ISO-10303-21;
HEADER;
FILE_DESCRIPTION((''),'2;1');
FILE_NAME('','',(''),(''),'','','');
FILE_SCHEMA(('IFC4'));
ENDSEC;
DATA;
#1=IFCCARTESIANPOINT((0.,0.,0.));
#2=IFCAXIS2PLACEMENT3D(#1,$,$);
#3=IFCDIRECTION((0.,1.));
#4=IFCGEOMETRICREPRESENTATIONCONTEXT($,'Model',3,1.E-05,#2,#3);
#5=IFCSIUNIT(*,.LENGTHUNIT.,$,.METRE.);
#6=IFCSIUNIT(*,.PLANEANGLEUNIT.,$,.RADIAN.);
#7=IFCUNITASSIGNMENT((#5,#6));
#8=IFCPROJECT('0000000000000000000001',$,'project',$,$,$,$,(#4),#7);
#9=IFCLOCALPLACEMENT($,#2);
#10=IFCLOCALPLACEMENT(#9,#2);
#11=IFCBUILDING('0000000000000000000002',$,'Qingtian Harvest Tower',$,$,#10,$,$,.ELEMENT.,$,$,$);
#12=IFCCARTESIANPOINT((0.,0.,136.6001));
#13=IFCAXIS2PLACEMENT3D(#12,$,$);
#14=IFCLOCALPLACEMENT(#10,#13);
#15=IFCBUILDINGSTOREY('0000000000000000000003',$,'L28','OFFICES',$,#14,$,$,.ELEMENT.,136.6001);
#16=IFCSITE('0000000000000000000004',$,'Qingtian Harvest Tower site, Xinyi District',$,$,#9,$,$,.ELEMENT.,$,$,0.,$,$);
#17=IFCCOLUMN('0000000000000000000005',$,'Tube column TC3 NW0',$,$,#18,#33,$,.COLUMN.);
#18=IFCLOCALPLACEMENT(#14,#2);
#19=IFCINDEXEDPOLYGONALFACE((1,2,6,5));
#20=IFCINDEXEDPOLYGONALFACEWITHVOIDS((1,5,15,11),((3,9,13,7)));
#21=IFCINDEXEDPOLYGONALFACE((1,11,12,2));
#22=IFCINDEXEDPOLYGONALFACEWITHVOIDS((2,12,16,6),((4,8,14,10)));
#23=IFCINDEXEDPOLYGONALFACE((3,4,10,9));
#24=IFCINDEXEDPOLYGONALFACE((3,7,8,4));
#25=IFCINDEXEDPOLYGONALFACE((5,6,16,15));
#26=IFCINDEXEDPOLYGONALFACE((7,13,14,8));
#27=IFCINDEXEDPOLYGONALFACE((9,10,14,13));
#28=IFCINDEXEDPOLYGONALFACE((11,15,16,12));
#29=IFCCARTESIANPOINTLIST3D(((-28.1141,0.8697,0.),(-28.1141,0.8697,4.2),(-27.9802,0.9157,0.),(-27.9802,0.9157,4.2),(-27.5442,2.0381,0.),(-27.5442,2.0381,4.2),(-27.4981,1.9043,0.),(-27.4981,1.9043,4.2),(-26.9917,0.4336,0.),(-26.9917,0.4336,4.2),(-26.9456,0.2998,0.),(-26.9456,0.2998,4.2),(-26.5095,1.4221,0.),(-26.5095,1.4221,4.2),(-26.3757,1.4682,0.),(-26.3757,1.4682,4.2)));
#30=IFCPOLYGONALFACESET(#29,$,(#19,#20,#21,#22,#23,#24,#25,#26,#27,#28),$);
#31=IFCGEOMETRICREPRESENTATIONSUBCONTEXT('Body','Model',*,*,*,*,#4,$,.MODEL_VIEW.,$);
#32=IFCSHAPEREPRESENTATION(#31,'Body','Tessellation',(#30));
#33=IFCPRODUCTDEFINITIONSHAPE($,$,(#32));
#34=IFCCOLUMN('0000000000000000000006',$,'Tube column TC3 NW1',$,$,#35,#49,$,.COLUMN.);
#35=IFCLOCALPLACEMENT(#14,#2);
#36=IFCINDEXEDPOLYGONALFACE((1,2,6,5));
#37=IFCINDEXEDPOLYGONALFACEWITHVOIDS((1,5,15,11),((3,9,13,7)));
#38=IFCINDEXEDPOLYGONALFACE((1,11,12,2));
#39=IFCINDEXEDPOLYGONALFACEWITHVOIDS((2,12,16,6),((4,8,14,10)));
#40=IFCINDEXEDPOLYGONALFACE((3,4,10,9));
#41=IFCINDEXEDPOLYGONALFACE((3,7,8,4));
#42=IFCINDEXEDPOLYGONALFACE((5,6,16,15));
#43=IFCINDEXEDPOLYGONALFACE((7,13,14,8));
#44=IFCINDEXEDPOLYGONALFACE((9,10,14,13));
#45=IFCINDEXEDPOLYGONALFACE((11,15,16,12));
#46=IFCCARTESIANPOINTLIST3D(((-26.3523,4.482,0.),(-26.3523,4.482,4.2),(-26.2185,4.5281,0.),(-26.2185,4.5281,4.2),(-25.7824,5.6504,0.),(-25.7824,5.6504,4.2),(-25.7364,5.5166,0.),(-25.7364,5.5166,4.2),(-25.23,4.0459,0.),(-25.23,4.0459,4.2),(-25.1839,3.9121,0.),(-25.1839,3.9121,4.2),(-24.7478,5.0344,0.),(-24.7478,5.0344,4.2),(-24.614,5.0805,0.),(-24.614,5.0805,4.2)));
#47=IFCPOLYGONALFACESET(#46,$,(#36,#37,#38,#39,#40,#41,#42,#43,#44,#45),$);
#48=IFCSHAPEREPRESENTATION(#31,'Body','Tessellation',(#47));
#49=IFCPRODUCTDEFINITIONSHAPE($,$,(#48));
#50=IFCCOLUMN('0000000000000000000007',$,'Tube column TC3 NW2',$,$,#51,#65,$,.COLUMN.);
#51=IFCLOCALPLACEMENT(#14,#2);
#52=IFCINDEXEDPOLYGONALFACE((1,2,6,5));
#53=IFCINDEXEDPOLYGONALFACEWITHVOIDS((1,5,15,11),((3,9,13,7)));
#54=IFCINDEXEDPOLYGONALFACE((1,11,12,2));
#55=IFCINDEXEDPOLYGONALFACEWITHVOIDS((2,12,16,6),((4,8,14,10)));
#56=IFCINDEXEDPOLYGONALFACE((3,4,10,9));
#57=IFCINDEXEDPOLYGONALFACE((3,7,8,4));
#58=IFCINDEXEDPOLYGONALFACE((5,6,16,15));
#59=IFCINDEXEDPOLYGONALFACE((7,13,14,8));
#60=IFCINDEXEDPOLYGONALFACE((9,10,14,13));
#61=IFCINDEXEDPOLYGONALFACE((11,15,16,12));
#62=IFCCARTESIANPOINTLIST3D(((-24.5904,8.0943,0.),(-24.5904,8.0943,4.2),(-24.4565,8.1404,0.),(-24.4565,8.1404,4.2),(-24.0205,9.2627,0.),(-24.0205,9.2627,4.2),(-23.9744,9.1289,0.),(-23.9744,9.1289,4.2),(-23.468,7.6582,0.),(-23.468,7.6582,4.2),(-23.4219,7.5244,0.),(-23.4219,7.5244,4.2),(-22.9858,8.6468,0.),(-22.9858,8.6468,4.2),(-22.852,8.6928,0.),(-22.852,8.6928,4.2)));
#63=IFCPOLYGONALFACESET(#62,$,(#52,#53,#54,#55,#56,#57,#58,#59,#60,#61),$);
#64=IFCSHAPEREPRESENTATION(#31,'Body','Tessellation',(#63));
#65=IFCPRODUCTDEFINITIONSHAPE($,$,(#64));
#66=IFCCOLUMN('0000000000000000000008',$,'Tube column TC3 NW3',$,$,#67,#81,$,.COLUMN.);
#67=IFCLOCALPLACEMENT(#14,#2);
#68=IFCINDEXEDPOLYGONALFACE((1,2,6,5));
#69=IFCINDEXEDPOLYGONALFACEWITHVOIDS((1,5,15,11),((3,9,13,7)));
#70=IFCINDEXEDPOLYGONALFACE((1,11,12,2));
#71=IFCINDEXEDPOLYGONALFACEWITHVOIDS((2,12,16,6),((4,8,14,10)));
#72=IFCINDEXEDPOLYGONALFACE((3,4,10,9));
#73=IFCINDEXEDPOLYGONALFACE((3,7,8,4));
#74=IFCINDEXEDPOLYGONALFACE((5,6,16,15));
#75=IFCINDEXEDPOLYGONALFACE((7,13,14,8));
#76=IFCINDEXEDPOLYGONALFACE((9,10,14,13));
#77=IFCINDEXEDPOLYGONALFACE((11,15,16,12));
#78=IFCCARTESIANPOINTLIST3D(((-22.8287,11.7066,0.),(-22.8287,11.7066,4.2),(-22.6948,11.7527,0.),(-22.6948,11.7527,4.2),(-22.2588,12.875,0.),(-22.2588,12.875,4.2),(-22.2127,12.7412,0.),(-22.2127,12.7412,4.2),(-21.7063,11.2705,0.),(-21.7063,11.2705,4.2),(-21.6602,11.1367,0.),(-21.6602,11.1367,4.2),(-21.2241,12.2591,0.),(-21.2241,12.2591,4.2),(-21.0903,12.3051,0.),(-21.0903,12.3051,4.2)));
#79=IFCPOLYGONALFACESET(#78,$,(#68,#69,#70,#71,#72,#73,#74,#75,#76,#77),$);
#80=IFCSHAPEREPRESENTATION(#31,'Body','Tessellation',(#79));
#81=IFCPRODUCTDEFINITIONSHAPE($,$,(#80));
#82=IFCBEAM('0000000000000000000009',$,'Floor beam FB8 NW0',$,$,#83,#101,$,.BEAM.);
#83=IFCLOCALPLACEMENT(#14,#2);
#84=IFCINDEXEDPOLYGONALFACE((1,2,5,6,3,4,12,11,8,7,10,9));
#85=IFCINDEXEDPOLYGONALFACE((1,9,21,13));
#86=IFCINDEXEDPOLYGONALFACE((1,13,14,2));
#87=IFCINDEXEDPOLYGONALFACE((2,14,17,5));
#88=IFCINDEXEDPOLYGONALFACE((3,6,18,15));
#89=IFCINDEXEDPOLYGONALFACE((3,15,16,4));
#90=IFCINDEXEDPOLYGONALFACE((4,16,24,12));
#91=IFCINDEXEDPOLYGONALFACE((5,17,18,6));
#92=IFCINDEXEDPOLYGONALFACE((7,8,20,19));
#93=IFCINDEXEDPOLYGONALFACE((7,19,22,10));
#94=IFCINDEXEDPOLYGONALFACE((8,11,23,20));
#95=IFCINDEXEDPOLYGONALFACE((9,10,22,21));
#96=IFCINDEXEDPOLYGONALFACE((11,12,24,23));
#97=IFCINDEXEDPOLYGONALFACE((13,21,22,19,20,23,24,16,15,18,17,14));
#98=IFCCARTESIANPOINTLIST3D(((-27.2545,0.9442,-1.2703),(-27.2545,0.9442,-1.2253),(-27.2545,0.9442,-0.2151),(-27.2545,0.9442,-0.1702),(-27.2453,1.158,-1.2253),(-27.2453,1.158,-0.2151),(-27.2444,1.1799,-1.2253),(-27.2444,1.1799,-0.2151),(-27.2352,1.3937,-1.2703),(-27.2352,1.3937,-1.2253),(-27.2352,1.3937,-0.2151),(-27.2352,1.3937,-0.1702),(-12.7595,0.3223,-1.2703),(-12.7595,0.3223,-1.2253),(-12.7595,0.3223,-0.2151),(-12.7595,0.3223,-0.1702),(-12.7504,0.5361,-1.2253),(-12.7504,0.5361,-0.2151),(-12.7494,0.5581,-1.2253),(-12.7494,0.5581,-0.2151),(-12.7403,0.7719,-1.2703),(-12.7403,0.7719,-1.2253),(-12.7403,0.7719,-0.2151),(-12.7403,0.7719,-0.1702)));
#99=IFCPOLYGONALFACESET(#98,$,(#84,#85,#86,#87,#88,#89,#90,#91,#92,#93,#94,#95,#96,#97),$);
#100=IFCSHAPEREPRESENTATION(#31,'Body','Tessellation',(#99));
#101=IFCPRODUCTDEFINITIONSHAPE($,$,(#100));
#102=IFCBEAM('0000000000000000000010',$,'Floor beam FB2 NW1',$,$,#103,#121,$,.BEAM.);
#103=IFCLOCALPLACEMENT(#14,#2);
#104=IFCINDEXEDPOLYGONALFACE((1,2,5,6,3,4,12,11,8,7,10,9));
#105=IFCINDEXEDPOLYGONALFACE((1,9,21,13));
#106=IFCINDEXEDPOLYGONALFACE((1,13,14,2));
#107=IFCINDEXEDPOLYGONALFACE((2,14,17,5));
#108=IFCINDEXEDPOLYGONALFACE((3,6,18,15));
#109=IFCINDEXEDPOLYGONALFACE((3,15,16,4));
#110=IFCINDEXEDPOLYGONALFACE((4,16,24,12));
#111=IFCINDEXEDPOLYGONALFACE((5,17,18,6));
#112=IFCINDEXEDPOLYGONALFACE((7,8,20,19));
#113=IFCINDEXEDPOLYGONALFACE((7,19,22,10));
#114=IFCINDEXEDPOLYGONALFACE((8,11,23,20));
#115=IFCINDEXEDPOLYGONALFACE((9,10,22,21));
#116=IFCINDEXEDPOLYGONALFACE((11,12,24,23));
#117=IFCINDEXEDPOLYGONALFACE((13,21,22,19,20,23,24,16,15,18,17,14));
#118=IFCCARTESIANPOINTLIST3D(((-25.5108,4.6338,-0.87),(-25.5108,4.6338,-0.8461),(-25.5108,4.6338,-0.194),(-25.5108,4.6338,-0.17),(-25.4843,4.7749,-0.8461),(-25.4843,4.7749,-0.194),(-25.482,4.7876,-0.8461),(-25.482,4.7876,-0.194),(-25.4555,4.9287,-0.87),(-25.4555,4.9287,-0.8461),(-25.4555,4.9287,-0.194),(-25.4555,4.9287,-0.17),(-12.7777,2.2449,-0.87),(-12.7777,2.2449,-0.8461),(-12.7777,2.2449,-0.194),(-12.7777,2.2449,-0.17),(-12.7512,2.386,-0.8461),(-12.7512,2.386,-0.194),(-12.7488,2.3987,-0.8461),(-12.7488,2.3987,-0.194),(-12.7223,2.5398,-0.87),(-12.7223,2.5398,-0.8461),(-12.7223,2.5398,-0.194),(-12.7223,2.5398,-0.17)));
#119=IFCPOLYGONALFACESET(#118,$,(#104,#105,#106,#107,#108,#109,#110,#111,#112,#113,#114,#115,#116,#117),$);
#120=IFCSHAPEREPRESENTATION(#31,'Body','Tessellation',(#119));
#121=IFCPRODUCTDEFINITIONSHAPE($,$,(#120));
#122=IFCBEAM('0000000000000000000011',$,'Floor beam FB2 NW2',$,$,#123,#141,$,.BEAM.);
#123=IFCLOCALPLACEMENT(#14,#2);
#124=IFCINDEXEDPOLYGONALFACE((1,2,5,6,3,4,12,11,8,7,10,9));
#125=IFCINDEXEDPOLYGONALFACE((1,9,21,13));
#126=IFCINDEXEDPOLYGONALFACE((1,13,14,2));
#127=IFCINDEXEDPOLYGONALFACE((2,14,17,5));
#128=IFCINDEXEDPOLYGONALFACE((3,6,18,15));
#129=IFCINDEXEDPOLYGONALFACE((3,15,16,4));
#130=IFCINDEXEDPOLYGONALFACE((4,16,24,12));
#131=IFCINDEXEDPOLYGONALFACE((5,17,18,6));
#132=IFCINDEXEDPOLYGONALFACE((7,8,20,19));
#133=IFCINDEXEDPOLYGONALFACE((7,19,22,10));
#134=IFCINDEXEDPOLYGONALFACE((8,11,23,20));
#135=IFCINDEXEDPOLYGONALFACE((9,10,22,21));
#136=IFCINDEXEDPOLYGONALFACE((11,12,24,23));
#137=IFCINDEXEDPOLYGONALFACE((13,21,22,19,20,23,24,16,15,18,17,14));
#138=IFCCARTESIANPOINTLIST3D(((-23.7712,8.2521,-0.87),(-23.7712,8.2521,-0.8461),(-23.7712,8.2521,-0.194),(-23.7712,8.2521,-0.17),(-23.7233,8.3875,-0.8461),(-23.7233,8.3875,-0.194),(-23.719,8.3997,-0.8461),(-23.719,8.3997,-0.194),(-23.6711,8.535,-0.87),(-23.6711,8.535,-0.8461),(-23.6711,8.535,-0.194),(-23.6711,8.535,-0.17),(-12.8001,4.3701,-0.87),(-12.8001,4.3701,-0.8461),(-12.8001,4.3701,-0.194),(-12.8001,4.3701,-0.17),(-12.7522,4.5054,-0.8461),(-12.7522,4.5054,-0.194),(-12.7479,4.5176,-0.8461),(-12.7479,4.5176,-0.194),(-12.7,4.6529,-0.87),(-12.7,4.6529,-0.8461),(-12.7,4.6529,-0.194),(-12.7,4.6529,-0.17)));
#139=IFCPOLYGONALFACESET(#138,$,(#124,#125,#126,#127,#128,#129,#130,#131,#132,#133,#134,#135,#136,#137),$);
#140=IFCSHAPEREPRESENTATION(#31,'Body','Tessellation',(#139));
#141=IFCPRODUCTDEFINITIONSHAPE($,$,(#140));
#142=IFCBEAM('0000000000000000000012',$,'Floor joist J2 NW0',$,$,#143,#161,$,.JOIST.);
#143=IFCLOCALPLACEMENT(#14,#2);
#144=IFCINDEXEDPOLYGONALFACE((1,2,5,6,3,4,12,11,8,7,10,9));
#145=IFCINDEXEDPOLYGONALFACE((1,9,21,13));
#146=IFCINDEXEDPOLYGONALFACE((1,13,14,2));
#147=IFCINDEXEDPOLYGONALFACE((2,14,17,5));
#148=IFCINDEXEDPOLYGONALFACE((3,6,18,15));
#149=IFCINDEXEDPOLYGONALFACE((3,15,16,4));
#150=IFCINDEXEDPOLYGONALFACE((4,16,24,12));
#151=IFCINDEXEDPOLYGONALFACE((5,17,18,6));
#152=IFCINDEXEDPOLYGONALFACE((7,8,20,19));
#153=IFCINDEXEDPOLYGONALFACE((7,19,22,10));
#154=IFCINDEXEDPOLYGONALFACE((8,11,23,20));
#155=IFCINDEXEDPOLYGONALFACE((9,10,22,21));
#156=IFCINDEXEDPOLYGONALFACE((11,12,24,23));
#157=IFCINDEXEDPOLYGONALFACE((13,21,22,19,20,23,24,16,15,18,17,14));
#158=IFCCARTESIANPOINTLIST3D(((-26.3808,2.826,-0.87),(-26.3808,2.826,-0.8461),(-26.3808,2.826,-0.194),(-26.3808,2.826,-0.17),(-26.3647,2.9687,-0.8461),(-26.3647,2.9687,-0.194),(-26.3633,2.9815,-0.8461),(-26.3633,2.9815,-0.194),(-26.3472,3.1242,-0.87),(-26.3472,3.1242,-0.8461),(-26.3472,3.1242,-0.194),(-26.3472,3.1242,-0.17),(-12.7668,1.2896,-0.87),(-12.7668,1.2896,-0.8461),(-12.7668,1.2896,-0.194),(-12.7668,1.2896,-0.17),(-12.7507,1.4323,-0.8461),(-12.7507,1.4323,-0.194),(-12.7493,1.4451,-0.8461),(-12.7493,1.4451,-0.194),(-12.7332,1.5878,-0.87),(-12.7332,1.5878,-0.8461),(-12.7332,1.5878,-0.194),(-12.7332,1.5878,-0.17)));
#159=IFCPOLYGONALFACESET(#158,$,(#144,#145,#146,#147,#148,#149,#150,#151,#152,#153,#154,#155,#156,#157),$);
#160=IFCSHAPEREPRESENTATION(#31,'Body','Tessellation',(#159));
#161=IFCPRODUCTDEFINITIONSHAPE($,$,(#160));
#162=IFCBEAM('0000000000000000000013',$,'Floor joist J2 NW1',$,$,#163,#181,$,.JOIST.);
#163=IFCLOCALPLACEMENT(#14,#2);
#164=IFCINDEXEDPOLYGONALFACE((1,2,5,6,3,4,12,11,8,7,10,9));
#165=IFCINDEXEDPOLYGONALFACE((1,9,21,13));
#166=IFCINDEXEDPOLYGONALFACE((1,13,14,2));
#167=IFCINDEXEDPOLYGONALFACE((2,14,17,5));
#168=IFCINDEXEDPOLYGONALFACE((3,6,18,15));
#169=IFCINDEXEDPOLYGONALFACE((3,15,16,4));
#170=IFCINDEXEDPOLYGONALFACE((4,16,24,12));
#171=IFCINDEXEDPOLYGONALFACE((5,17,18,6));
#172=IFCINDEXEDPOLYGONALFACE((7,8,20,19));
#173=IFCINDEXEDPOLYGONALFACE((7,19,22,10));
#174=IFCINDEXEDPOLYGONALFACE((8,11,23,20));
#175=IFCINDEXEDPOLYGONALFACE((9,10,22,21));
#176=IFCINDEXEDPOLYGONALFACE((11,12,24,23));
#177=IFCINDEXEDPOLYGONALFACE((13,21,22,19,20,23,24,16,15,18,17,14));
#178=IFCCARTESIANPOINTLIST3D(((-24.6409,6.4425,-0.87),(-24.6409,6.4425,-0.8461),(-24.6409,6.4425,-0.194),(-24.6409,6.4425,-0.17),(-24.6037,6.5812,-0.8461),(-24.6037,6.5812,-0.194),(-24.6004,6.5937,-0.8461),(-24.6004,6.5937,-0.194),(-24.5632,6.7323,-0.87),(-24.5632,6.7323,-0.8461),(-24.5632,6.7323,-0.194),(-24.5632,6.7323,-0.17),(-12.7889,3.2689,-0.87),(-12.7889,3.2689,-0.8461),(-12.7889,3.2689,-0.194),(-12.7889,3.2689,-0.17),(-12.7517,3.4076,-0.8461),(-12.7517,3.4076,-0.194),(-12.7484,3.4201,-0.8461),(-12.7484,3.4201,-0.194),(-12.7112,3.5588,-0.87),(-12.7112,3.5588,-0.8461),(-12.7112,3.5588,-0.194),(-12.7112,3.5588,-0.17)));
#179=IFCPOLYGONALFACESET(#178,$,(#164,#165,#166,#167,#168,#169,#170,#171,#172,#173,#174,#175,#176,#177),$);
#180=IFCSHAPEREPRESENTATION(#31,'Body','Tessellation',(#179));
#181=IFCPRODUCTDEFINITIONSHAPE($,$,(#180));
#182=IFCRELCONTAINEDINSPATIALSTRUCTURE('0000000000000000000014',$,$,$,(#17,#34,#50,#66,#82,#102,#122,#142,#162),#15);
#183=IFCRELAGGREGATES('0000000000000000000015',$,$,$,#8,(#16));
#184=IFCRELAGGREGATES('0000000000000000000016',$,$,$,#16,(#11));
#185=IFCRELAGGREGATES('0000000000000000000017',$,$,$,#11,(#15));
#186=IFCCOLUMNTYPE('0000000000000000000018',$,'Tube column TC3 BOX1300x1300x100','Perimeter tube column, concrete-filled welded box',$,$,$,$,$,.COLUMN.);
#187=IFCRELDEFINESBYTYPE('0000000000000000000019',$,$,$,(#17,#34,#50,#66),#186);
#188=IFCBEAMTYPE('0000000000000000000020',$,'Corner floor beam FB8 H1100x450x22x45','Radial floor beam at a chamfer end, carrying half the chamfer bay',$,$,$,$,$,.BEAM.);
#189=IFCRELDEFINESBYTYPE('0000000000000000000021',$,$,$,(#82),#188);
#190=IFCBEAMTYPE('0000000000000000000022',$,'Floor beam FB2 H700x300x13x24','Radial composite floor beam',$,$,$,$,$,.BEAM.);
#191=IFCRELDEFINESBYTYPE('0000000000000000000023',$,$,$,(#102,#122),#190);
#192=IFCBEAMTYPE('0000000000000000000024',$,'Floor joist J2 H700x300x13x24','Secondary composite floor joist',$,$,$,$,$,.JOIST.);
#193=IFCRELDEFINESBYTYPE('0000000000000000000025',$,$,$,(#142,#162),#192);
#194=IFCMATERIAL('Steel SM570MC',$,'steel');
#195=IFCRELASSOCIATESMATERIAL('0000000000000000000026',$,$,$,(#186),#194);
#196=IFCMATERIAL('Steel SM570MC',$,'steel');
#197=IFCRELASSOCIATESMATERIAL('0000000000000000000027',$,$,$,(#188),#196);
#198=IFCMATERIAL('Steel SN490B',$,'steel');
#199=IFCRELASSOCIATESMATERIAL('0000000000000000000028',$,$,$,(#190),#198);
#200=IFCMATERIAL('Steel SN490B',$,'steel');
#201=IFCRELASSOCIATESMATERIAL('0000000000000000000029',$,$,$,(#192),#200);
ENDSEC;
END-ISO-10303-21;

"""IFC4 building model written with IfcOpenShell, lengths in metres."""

from ifc_helpers import new_model, si_unit, direction, frame, origin, origin_2d, place, context, subcontext, project, spatial, hollow_rectangle, i_section, extrude, material, material_profile, profile_set, type_object, element, save


model = new_model("IFC4")

# Units and contexts
model_context = context("Model", 3, precision=1e-05, world=origin(), true_north=direction((0.0, 1.0)))
body_context = subcontext(model_context, "Body", "Model", "MODEL_VIEW")
ifc_project = project(units=[si_unit("LENGTHUNIT", "METRE"), si_unit("PLANEANGLEUNIT", "RADIAN")], contexts=[model_context])

# Site, building, storey
site_placement = place(None, origin())
site = spatial("IfcSite", under=ifc_project, at=site_placement, Name="Qingtian Harvest Tower site, Xinyi District", CompositionType="ELEMENT", RefElevation=0.0)
building_placement = place(site_placement, origin())
building = spatial("IfcBuilding", under=site, at=building_placement, Name="Qingtian Harvest Tower", CompositionType="ELEMENT")
storey_placement = place(building_placement, frame((0.0, 0.0, 136.6001)))
storey = spatial("IfcBuildingStorey", under=building, at=storey_placement, Name="L28", Description="OFFICES", CompositionType="ELEMENT", Elevation=136.6001)

# Columns
ifc_material_1 = material(Name="Steel SM570MC", Category="steel")
ifc_material_profile_1 = material_profile(ifc_material_1, hollow_rectangle(XDim=1.3, YDim=1.3, WallThickness=0.1001, at=origin_2d()), Name="BOX1300x1300x100")
ifc_profile_set_1 = profile_set([ifc_material_profile_1], Name="Steel SM570MC")
column_type = type_object("IfcColumnType", Name="Tube column TC3 BOX1300x1300x100", Description="Perimeter tube column, concrete-filled welded box", PredefinedType="COLUMN", material=ifc_profile_set_1)
for number, where, z_axis, x_axis, name in (
    (1, (-27.2449, 1.1689, 0.0), (0.0, 0.0, 1.0), (-0.438371, -0.898794, 0.0), "Tube column TC3 NW0"),
    (2, (-25.4832, 4.7812, 0.0), (0.0, 0.0, 1.0), (-0.438371, -0.898794, 0.0), "Tube column TC3 NW1"),
    (3, (-23.7212, 8.3936, 0.0), (0.0, 0.0, 1.0), (-0.438371, -0.898794, 0.0), "Tube column TC3 NW2"),
    (4, (-21.9595, 12.0059, 0.0), (0.0, 0.0, 1.0), (-0.438371, -0.898794, 0.0), "Tube column TC3 NW3"),
):
    element("IfcColumn", number, at=place(storey_placement, frame(where, z_axis=z_axis, x_axis=x_axis)), inside=storey, type_object=column_type, Name=name, PredefinedType="COLUMN", context=body_context, shape_type="SweptSolid", body=[
        extrude(hollow_rectangle(XDim=1.3, YDim=1.3, WallThickness=0.1001, at=origin_2d()), origin(), (0.0, 0.0, 1.0), 4.2),
    ])

# Beams
ifc_material_2 = material(Name="Steel SM570MC", Category="steel")
ifc_material_profile_2 = material_profile(ifc_material_2, i_section(OverallWidth=0.45, OverallDepth=1.1001, WebThickness=0.022, FlangeThickness=0.0449, at=origin_2d()), Name="H1100x450x22x45")
ifc_profile_set_2 = profile_set([ifc_material_profile_2], Name="Steel SM570MC")
beam_type_1 = type_object("IfcBeamType", Name="Corner floor beam FB8 H1100x450x22x45", Description="Radial floor beam at a chamfer end, carrying half the chamfer bay", PredefinedType="BEAM", material=ifc_profile_set_2)
beam_1_placement = place(storey_placement, frame((-27.2449, 1.1689, -0.7202), z_axis=(0.999081, -0.04286, 0.0), x_axis=(0.04286, 0.999081, 0.0)))
element("IfcBeam", 5, at=beam_1_placement, inside=storey, type_object=beam_type_1, Name="Floor beam FB8 NW0", PredefinedType="BEAM", context=body_context, shape_type="SweptSolid", body=[
    extrude(i_section(OverallWidth=0.45, OverallDepth=1.1001, WebThickness=0.022, FlangeThickness=0.0449, at=origin_2d()), origin(), (0.0, 0.0, 1.0), 14.5083),
])
ifc_material_3 = material(Name="Steel SN490B", Category="steel")
ifc_material_profile_3 = material_profile(ifc_material_3, i_section(OverallWidth=0.3, OverallDepth=0.7, WebThickness=0.0129, FlangeThickness=0.0239, at=origin_2d()), Name="H700x300x13x24")
ifc_profile_set_3 = profile_set([ifc_material_profile_3], Name="Steel SN490B")
beam_type_2 = type_object("IfcBeamType", Name="Floor beam FB2 H700x300x13x24", Description="Radial composite floor beam", PredefinedType="BEAM", material=ifc_profile_set_3)
beam_2_placement = place(storey_placement, frame((-25.4832, 4.7812, -0.52), z_axis=(0.982852, -0.184397, 0.0), x_axis=(0.184397, 0.982852, 0.0)))
element("IfcBeam", 6, at=beam_2_placement, inside=storey, type_object=beam_type_2, Name="Floor beam FB2 NW1", PredefinedType="BEAM", context=body_context, shape_type="SweptSolid", body=[
    extrude(i_section(OverallWidth=0.3, OverallDepth=0.7, WebThickness=0.0129, FlangeThickness=0.0239, at=origin_2d()), origin(), (0.0, 0.0, 1.0), 12.9553),
])
beam_3_placement = place(storey_placement, frame((-23.7212, 8.3936, -0.52), z_axis=(0.942723, -0.333576, 0.0), x_axis=(0.333576, 0.942723, 0.0)))
element("IfcBeam", 7, at=beam_3_placement, inside=storey, type_object=beam_type_2, Name="Floor beam FB2 NW2", PredefinedType="BEAM", context=body_context, shape_type="SweptSolid", body=[
    extrude(i_section(OverallWidth=0.3, OverallDepth=0.7, WebThickness=0.0129, FlangeThickness=0.0239, at=origin_2d()), origin(), (0.0, 0.0, 1.0), 11.6377),
])
ifc_material_4 = material(Name="Steel SN490B", Category="steel")
ifc_material_profile_4 = material_profile(ifc_material_4, i_section(OverallWidth=0.3, OverallDepth=0.7, WebThickness=0.0129, FlangeThickness=0.0239, at=origin_2d()), Name="H700x300x13x24")
ifc_profile_set_4 = profile_set([ifc_material_profile_4], Name="Steel SN490B")
beam_type_3 = type_object("IfcBeamType", Name="Floor joist J2 H700x300x13x24", Description="Secondary composite floor joist", PredefinedType="JOIST", material=ifc_profile_set_4)
beam_4_placement = place(storey_placement, frame((-26.364, 2.9751, -0.52), z_axis=(0.993692, -0.112141, 0.0), x_axis=(0.112141, 0.993692, 0.0)))
element("IfcBeam", 8, at=beam_4_placement, inside=storey, type_object=beam_type_3, Name="Floor joist J2 NW0", PredefinedType="JOIST", context=body_context, shape_type="SweptSolid", body=[
    extrude(i_section(OverallWidth=0.3, OverallDepth=0.7, WebThickness=0.0129, FlangeThickness=0.0239, at=origin_2d()), origin(), (0.0, 0.0, 1.0), 13.7004),
])
beam_5_placement = place(storey_placement, frame((-24.6021, 6.5874, -0.52), z_axis=(0.96597, -0.258655, 0.0), x_axis=(0.258655, 0.96597, 0.0)))
element("IfcBeam", 9, at=beam_5_placement, inside=storey, type_object=beam_type_3, Name="Floor joist J2 NW1", PredefinedType="JOIST", context=body_context, shape_type="SweptSolid", body=[
    extrude(i_section(OverallWidth=0.3, OverallDepth=0.7, WebThickness=0.0129, FlangeThickness=0.0239, at=origin_2d()), origin(), (0.0, 0.0, 1.0), 12.2695),
])

save(model, "model.ifc")
